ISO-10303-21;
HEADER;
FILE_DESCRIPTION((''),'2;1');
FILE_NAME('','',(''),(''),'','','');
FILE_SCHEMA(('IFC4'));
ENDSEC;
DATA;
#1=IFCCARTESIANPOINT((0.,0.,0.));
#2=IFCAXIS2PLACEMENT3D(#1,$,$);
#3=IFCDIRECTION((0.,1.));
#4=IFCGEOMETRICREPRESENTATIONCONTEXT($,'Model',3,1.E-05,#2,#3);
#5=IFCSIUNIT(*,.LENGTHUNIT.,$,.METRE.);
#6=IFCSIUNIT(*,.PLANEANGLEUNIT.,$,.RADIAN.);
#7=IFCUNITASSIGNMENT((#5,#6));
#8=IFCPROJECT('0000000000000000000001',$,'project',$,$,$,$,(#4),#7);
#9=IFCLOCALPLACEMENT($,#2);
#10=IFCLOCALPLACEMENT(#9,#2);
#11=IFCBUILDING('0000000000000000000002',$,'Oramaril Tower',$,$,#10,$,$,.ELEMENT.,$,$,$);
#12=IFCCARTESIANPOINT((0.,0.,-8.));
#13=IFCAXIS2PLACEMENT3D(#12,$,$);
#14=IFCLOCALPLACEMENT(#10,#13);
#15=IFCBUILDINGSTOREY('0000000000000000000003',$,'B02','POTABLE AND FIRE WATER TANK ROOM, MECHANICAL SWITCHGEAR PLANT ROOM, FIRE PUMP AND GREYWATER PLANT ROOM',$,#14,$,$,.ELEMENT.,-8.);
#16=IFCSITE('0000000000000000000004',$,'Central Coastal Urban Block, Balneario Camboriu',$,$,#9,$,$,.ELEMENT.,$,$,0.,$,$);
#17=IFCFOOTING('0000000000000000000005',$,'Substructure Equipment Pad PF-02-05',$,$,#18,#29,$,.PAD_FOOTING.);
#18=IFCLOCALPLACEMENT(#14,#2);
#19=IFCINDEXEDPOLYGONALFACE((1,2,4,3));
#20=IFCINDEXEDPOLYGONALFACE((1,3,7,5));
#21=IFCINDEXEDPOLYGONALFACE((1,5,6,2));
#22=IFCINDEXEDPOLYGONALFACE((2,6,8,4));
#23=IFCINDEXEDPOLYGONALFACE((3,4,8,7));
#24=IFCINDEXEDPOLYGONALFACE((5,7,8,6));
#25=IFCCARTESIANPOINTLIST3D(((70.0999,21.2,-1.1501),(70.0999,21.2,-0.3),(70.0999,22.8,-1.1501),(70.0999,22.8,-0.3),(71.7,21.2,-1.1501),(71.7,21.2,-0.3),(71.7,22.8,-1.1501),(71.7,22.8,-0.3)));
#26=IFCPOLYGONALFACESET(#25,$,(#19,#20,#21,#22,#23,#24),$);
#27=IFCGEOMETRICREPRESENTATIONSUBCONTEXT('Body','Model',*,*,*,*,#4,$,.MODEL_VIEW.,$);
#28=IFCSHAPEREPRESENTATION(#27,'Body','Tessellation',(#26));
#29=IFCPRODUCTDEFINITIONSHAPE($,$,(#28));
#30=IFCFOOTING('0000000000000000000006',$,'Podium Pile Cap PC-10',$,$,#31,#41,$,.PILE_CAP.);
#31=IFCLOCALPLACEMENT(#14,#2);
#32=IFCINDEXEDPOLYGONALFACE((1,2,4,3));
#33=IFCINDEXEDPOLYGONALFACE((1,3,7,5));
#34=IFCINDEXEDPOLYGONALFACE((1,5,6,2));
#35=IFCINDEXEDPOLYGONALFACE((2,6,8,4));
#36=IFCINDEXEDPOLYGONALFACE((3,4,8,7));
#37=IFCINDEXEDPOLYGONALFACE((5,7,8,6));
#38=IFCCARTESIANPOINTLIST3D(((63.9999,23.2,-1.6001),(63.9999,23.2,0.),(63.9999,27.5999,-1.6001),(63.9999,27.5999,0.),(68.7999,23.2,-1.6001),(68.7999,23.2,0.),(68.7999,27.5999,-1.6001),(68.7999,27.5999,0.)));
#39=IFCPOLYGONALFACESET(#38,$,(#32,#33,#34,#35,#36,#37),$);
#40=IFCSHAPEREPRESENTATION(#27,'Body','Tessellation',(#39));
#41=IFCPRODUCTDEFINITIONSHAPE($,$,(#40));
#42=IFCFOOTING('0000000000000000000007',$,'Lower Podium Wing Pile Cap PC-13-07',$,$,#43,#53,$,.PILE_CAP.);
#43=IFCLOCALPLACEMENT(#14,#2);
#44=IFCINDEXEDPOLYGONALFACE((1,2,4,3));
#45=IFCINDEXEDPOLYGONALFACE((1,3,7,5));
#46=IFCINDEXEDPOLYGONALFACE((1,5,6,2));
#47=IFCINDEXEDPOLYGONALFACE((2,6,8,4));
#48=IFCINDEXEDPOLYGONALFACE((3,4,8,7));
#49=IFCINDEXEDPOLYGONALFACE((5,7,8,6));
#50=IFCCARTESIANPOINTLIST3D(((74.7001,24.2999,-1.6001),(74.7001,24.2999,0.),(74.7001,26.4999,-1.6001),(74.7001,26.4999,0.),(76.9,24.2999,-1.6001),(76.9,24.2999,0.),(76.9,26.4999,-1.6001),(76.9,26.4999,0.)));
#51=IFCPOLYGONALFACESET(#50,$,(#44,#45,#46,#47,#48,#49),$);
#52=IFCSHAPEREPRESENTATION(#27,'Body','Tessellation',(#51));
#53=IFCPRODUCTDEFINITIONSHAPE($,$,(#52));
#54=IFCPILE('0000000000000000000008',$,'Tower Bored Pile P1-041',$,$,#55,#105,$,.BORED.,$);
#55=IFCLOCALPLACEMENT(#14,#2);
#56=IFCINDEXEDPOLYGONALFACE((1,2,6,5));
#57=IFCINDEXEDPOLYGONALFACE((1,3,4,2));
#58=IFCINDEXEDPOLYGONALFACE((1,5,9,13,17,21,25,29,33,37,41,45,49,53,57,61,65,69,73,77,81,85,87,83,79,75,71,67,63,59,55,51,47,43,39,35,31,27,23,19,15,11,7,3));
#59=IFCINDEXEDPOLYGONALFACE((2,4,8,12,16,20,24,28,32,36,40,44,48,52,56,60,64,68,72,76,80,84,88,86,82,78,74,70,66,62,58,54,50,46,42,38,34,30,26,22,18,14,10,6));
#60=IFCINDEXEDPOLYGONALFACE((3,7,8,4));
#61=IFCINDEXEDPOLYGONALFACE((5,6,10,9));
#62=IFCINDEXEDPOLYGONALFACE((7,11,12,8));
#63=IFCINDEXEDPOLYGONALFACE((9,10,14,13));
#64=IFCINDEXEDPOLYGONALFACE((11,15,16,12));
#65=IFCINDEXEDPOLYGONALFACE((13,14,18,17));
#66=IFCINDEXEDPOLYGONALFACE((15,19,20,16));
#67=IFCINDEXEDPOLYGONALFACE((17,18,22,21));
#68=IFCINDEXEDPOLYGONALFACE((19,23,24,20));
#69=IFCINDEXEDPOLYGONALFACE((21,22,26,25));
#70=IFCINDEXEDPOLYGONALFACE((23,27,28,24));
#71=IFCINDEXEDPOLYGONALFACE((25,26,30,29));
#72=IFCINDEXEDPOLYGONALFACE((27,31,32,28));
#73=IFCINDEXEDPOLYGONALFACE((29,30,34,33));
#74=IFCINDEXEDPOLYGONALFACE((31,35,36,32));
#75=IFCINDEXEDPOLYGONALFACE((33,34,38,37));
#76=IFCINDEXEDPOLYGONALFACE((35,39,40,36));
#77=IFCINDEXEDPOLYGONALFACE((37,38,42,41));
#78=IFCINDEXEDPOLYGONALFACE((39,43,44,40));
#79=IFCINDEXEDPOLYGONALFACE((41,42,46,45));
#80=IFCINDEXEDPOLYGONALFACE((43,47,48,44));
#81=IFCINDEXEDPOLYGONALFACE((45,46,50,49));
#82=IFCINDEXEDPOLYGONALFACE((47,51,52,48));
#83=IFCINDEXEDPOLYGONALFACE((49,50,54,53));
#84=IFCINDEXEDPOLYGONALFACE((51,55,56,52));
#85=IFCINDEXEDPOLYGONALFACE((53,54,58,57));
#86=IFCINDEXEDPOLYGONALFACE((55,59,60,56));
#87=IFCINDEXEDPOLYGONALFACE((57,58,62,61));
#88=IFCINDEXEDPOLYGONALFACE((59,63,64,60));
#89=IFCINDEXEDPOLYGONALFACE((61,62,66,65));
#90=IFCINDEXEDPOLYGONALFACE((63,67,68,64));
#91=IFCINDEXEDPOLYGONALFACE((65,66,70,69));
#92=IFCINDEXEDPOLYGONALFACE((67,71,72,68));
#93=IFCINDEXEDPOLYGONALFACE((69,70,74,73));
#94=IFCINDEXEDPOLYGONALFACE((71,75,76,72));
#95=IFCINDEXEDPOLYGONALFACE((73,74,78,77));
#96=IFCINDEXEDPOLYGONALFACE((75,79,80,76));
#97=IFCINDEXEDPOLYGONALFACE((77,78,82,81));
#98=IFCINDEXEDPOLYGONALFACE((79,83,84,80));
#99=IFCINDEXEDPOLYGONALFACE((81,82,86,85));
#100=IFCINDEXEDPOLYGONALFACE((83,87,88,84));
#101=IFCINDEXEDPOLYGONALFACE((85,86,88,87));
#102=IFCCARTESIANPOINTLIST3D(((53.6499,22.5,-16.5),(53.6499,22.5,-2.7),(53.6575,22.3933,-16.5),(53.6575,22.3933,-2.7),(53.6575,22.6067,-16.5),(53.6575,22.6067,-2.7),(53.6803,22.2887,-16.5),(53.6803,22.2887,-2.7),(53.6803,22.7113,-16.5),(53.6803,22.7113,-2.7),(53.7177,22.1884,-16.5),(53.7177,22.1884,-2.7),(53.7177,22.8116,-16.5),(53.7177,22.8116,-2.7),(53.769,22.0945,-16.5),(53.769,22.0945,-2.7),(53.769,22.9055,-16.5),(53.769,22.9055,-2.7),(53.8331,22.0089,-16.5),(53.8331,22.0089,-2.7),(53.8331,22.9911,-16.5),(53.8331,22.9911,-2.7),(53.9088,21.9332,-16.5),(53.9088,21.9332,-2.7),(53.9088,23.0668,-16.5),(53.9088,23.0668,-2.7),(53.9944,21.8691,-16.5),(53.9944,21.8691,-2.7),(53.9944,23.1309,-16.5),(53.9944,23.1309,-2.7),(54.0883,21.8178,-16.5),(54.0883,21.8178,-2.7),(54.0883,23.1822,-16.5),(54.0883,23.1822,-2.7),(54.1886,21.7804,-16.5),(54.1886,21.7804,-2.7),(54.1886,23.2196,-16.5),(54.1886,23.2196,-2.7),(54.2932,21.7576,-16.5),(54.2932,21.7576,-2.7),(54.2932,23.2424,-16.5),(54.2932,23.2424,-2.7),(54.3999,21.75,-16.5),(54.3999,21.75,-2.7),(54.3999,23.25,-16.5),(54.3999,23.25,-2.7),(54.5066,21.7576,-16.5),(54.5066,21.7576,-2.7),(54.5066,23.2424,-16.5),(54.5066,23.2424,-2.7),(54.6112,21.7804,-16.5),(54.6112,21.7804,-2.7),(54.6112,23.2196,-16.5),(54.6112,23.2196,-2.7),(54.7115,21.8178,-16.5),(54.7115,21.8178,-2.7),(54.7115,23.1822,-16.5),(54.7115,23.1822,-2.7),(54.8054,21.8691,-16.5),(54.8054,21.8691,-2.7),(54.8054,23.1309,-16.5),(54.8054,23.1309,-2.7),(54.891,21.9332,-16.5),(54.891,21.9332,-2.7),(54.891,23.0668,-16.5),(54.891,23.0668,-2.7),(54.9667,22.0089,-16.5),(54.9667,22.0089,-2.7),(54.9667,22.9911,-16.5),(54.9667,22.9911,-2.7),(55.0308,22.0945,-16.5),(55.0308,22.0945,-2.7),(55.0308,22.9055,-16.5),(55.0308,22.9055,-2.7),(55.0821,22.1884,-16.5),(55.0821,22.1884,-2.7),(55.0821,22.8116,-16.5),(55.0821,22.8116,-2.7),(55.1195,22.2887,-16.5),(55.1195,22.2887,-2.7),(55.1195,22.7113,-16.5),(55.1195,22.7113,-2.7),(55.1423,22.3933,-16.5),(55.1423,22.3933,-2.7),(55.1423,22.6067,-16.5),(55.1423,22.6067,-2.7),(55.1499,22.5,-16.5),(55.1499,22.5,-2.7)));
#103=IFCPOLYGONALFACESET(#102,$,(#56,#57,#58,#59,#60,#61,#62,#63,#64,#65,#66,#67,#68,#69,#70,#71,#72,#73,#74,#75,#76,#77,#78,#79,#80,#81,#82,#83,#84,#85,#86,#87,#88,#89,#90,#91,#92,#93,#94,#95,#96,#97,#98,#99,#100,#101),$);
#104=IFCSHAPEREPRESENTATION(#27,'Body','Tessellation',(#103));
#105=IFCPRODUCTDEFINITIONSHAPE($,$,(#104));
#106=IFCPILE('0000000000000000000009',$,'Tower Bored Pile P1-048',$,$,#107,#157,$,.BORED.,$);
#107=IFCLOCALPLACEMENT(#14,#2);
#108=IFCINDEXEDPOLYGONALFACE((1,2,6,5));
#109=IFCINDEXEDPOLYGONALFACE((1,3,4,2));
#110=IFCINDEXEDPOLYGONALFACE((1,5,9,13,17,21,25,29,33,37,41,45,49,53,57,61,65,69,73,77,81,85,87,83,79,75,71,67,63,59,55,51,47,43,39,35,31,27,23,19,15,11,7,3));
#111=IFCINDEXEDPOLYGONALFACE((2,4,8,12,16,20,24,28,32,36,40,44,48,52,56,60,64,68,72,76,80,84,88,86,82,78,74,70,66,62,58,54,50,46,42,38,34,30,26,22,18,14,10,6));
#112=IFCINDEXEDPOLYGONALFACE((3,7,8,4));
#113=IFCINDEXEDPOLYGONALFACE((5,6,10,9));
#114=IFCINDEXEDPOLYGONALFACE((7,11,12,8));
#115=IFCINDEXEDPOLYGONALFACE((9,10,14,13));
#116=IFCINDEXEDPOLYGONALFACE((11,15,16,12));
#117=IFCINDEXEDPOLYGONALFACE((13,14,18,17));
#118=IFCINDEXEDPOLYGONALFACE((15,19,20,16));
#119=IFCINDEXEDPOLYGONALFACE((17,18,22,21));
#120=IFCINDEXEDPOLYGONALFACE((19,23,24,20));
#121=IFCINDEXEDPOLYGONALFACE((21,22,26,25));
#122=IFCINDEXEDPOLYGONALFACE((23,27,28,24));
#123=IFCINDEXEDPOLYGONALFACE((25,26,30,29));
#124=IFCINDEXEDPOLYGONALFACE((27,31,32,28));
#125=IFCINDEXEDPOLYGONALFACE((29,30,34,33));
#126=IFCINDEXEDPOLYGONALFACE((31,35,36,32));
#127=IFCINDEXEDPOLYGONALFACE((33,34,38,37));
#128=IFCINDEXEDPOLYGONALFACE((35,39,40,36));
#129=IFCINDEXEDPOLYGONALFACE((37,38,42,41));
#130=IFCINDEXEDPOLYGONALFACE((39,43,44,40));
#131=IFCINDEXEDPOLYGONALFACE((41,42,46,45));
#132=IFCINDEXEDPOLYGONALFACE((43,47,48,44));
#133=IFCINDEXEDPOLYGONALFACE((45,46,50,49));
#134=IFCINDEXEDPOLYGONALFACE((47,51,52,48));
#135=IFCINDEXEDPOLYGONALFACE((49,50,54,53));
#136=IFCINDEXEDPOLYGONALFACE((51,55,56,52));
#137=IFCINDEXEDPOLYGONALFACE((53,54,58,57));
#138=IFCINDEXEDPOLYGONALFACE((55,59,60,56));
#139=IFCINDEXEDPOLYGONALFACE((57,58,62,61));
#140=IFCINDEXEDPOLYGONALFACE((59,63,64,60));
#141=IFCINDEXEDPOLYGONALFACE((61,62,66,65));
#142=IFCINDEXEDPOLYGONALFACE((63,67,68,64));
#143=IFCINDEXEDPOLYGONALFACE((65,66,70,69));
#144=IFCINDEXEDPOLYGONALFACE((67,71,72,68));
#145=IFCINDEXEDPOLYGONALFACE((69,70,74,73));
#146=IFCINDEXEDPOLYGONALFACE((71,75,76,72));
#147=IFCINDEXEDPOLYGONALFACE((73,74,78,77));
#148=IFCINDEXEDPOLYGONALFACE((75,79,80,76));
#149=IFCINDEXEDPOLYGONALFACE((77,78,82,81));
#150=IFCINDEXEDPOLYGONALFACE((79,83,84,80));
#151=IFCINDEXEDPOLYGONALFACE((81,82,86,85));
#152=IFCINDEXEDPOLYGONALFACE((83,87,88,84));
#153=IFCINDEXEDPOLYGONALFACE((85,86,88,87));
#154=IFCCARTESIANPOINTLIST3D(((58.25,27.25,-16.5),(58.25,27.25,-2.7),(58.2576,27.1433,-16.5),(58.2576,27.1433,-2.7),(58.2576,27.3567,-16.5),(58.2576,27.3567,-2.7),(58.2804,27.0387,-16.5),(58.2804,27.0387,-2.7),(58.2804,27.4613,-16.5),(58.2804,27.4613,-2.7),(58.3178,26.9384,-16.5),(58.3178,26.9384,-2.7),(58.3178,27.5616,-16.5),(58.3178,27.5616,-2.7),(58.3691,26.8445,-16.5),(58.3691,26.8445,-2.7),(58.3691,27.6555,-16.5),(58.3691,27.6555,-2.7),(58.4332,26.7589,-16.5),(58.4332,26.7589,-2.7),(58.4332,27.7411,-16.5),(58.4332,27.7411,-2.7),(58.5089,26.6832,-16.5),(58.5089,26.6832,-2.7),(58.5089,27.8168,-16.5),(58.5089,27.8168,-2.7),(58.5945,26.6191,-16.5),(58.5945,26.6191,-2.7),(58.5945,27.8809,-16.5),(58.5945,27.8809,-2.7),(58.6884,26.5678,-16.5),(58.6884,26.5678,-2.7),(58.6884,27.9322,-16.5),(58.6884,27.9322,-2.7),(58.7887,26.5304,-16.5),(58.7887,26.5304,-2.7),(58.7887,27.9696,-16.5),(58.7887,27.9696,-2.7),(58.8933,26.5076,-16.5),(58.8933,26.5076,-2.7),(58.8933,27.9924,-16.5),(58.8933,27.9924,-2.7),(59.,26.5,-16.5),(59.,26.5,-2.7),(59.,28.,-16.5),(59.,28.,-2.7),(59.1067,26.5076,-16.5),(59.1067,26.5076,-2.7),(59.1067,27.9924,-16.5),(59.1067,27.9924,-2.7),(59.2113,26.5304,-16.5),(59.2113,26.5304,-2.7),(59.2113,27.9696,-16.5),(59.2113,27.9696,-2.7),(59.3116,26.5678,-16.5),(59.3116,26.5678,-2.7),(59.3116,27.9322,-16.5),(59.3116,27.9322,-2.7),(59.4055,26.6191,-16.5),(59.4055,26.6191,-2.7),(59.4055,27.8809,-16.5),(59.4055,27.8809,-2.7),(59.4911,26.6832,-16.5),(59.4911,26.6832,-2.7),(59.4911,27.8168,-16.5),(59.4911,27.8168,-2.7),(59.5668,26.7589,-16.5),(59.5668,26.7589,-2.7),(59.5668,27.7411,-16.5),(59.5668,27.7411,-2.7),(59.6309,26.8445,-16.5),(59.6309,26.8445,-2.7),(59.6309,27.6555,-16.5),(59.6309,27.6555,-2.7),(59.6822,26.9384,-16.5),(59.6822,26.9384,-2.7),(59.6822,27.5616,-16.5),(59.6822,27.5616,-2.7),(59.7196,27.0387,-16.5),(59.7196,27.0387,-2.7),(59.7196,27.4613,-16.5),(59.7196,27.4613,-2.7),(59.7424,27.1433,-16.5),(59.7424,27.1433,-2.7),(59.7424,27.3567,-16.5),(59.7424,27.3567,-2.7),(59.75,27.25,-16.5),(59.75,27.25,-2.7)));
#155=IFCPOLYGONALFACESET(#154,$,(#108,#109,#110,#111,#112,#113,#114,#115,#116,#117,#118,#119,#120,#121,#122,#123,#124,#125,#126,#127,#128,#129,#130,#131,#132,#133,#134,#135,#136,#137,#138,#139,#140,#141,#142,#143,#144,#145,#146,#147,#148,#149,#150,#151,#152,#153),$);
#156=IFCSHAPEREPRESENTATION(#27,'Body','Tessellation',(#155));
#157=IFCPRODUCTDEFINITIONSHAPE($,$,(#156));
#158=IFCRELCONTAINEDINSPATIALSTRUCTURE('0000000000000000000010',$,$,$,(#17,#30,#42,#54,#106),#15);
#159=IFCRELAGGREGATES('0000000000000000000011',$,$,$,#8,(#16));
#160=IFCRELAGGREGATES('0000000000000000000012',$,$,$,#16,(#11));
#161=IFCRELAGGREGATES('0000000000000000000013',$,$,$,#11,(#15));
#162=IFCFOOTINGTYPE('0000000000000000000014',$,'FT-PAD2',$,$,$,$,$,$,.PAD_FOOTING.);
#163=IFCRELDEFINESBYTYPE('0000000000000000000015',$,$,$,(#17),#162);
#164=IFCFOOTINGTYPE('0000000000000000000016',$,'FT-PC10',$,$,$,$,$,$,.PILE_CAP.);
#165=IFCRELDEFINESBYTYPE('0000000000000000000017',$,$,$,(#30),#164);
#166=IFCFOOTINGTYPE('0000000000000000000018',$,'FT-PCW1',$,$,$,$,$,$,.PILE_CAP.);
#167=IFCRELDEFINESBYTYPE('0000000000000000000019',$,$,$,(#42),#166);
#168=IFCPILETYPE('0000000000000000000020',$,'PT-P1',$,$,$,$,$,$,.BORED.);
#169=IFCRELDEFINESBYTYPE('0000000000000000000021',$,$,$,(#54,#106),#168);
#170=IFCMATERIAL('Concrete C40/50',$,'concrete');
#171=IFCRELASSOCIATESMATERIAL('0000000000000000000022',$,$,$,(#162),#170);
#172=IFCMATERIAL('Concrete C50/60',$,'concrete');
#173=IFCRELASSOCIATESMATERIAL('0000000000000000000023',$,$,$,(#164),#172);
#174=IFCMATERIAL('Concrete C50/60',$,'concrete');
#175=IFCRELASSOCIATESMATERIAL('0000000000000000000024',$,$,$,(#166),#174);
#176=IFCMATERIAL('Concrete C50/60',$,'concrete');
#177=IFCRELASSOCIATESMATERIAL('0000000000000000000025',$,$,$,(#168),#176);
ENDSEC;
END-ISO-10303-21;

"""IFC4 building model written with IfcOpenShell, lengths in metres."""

from ifc_helpers import new_model, si_unit, direction, frame, origin, origin_2d, place, context, subcontext, project, spatial, rectangle, circle, extrude, material, material_profile, profile_set, type_object, element, save


model = new_model("IFC4")

# Units and contexts
model_context = context("Model", 3, precision=1e-05, world=origin(), true_north=direction((0.0, 1.0)))
body_context = subcontext(model_context, "Body", "Model", "MODEL_VIEW")
ifc_project = project(units=[si_unit("LENGTHUNIT", "METRE"), si_unit("PLANEANGLEUNIT", "RADIAN")], contexts=[model_context])

# Site, building, storey
site_placement = place(None, origin())
site = spatial("IfcSite", under=ifc_project, at=site_placement, Name="Central Coastal Urban Block, Balneario Camboriu", CompositionType="ELEMENT", RefElevation=0.0)
building_placement = place(site_placement, origin())
building = spatial("IfcBuilding", under=site, at=building_placement, Name="Oramaril Tower", CompositionType="ELEMENT")
storey_placement = place(building_placement, frame((0.0, 0.0, -8.0)))
storey = spatial("IfcBuildingStorey", under=building, at=storey_placement, Name="B02", Description="POTABLE AND FIRE WATER TANK ROOM, MECHANICAL SWITCHGEAR PLANT ROOM, FIRE PUMP AND GREYWATER PLANT ROOM", CompositionType="ELEMENT", Elevation=-8.0)

# Footings
ifc_material_1 = material(Name="Concrete C40/50", Category="concrete")
footing_type_1 = type_object("IfcFootingType", Name="FT-PAD2", PredefinedType="PAD_FOOTING", material=ifc_material_1)
footing_1_placement = place(storey_placement, frame((70.8999, 22.0, -1.1501), z_axis=(0.0, 0.0, 1.0), x_axis=(1.0, 0.0, 0.0)))
element("IfcFooting", 1, at=footing_1_placement, inside=storey, type_object=footing_type_1, Name="Substructure Equipment Pad PF-02-05", PredefinedType="PAD_FOOTING", context=body_context, shape_type="SweptSolid", body=[
    extrude(rectangle(XDim=1.6001, YDim=1.6001, at=origin_2d()), origin(), (0.0, 0.0, 1.0), 0.8501),
])
ifc_material_2 = material(Name="Concrete C50/60", Category="concrete")
footing_type_2 = type_object("IfcFootingType", Name="FT-PC10", PredefinedType="PILE_CAP", material=ifc_material_2)
footing_2_placement = place(storey_placement, frame((66.3999, 25.3999, -1.6001), z_axis=(0.0, 0.0, 1.0), x_axis=(1.0, 0.0, 0.0)))
element("IfcFooting", 2, at=footing_2_placement, inside=storey, type_object=footing_type_2, Name="Podium Pile Cap PC-10", PredefinedType="PILE_CAP", context=body_context, shape_type="SweptSolid", body=[
    extrude(rectangle(XDim=4.8, YDim=4.3999, at=origin_2d()), origin(), (0.0, 0.0, 1.0), 1.6001),
])
ifc_material_3 = material(Name="Concrete C50/60", Category="concrete")
footing_type_3 = type_object("IfcFootingType", Name="FT-PCW1", PredefinedType="PILE_CAP", material=ifc_material_3)
footing_3_placement = place(storey_placement, frame((75.8, 25.3999, -1.6001), z_axis=(0.0, 0.0, 1.0), x_axis=(1.0, 0.0, 0.0)))
element("IfcFooting", 3, at=footing_3_placement, inside=storey, type_object=footing_type_3, Name="Lower Podium Wing Pile Cap PC-13-07", PredefinedType="PILE_CAP", context=body_context, shape_type="SweptSolid", body=[
    extrude(rectangle(XDim=2.2, YDim=2.2, at=origin_2d()), origin(), (0.0, 0.0, 1.0), 1.6001),
])

# Piles
ifc_material_4 = material(Name="Concrete C50/60", Category="concrete")
ifc_material_profile_1 = material_profile(ifc_material_4, circle(Radius=0.75, at=origin_2d()), Name="D1500")
ifc_profile_set_1 = profile_set([ifc_material_profile_1], Name="Concrete C50/60")
pile_type_1 = type_object("IfcPileType", Name="PT-P1", PredefinedType="BORED", material=ifc_profile_set_1)
for number, where, z_axis, x_axis, name in (
    (4, (54.3999, 22.5, -2.7), (0.0, 0.0, -1.0), (1.0, 0.0, 0.0), "Tower Bored Pile P1-041"),
    (5, (59.0, 27.25, -2.7), (0.0, 0.0, -1.0), (1.0, 0.0, 0.0), "Tower Bored Pile P1-048"),
):
    element("IfcPile", number, at=place(storey_placement, frame(where, z_axis=z_axis, x_axis=x_axis)), inside=storey, type_object=pile_type_1, Name=name, PredefinedType="BORED", context=body_context, shape_type="SweptSolid", body=[
        extrude(circle(Radius=0.75, at=origin_2d()), origin(), (0.0, 0.0, 1.0), 13.8),
    ])

save(model, "model.ifc")
